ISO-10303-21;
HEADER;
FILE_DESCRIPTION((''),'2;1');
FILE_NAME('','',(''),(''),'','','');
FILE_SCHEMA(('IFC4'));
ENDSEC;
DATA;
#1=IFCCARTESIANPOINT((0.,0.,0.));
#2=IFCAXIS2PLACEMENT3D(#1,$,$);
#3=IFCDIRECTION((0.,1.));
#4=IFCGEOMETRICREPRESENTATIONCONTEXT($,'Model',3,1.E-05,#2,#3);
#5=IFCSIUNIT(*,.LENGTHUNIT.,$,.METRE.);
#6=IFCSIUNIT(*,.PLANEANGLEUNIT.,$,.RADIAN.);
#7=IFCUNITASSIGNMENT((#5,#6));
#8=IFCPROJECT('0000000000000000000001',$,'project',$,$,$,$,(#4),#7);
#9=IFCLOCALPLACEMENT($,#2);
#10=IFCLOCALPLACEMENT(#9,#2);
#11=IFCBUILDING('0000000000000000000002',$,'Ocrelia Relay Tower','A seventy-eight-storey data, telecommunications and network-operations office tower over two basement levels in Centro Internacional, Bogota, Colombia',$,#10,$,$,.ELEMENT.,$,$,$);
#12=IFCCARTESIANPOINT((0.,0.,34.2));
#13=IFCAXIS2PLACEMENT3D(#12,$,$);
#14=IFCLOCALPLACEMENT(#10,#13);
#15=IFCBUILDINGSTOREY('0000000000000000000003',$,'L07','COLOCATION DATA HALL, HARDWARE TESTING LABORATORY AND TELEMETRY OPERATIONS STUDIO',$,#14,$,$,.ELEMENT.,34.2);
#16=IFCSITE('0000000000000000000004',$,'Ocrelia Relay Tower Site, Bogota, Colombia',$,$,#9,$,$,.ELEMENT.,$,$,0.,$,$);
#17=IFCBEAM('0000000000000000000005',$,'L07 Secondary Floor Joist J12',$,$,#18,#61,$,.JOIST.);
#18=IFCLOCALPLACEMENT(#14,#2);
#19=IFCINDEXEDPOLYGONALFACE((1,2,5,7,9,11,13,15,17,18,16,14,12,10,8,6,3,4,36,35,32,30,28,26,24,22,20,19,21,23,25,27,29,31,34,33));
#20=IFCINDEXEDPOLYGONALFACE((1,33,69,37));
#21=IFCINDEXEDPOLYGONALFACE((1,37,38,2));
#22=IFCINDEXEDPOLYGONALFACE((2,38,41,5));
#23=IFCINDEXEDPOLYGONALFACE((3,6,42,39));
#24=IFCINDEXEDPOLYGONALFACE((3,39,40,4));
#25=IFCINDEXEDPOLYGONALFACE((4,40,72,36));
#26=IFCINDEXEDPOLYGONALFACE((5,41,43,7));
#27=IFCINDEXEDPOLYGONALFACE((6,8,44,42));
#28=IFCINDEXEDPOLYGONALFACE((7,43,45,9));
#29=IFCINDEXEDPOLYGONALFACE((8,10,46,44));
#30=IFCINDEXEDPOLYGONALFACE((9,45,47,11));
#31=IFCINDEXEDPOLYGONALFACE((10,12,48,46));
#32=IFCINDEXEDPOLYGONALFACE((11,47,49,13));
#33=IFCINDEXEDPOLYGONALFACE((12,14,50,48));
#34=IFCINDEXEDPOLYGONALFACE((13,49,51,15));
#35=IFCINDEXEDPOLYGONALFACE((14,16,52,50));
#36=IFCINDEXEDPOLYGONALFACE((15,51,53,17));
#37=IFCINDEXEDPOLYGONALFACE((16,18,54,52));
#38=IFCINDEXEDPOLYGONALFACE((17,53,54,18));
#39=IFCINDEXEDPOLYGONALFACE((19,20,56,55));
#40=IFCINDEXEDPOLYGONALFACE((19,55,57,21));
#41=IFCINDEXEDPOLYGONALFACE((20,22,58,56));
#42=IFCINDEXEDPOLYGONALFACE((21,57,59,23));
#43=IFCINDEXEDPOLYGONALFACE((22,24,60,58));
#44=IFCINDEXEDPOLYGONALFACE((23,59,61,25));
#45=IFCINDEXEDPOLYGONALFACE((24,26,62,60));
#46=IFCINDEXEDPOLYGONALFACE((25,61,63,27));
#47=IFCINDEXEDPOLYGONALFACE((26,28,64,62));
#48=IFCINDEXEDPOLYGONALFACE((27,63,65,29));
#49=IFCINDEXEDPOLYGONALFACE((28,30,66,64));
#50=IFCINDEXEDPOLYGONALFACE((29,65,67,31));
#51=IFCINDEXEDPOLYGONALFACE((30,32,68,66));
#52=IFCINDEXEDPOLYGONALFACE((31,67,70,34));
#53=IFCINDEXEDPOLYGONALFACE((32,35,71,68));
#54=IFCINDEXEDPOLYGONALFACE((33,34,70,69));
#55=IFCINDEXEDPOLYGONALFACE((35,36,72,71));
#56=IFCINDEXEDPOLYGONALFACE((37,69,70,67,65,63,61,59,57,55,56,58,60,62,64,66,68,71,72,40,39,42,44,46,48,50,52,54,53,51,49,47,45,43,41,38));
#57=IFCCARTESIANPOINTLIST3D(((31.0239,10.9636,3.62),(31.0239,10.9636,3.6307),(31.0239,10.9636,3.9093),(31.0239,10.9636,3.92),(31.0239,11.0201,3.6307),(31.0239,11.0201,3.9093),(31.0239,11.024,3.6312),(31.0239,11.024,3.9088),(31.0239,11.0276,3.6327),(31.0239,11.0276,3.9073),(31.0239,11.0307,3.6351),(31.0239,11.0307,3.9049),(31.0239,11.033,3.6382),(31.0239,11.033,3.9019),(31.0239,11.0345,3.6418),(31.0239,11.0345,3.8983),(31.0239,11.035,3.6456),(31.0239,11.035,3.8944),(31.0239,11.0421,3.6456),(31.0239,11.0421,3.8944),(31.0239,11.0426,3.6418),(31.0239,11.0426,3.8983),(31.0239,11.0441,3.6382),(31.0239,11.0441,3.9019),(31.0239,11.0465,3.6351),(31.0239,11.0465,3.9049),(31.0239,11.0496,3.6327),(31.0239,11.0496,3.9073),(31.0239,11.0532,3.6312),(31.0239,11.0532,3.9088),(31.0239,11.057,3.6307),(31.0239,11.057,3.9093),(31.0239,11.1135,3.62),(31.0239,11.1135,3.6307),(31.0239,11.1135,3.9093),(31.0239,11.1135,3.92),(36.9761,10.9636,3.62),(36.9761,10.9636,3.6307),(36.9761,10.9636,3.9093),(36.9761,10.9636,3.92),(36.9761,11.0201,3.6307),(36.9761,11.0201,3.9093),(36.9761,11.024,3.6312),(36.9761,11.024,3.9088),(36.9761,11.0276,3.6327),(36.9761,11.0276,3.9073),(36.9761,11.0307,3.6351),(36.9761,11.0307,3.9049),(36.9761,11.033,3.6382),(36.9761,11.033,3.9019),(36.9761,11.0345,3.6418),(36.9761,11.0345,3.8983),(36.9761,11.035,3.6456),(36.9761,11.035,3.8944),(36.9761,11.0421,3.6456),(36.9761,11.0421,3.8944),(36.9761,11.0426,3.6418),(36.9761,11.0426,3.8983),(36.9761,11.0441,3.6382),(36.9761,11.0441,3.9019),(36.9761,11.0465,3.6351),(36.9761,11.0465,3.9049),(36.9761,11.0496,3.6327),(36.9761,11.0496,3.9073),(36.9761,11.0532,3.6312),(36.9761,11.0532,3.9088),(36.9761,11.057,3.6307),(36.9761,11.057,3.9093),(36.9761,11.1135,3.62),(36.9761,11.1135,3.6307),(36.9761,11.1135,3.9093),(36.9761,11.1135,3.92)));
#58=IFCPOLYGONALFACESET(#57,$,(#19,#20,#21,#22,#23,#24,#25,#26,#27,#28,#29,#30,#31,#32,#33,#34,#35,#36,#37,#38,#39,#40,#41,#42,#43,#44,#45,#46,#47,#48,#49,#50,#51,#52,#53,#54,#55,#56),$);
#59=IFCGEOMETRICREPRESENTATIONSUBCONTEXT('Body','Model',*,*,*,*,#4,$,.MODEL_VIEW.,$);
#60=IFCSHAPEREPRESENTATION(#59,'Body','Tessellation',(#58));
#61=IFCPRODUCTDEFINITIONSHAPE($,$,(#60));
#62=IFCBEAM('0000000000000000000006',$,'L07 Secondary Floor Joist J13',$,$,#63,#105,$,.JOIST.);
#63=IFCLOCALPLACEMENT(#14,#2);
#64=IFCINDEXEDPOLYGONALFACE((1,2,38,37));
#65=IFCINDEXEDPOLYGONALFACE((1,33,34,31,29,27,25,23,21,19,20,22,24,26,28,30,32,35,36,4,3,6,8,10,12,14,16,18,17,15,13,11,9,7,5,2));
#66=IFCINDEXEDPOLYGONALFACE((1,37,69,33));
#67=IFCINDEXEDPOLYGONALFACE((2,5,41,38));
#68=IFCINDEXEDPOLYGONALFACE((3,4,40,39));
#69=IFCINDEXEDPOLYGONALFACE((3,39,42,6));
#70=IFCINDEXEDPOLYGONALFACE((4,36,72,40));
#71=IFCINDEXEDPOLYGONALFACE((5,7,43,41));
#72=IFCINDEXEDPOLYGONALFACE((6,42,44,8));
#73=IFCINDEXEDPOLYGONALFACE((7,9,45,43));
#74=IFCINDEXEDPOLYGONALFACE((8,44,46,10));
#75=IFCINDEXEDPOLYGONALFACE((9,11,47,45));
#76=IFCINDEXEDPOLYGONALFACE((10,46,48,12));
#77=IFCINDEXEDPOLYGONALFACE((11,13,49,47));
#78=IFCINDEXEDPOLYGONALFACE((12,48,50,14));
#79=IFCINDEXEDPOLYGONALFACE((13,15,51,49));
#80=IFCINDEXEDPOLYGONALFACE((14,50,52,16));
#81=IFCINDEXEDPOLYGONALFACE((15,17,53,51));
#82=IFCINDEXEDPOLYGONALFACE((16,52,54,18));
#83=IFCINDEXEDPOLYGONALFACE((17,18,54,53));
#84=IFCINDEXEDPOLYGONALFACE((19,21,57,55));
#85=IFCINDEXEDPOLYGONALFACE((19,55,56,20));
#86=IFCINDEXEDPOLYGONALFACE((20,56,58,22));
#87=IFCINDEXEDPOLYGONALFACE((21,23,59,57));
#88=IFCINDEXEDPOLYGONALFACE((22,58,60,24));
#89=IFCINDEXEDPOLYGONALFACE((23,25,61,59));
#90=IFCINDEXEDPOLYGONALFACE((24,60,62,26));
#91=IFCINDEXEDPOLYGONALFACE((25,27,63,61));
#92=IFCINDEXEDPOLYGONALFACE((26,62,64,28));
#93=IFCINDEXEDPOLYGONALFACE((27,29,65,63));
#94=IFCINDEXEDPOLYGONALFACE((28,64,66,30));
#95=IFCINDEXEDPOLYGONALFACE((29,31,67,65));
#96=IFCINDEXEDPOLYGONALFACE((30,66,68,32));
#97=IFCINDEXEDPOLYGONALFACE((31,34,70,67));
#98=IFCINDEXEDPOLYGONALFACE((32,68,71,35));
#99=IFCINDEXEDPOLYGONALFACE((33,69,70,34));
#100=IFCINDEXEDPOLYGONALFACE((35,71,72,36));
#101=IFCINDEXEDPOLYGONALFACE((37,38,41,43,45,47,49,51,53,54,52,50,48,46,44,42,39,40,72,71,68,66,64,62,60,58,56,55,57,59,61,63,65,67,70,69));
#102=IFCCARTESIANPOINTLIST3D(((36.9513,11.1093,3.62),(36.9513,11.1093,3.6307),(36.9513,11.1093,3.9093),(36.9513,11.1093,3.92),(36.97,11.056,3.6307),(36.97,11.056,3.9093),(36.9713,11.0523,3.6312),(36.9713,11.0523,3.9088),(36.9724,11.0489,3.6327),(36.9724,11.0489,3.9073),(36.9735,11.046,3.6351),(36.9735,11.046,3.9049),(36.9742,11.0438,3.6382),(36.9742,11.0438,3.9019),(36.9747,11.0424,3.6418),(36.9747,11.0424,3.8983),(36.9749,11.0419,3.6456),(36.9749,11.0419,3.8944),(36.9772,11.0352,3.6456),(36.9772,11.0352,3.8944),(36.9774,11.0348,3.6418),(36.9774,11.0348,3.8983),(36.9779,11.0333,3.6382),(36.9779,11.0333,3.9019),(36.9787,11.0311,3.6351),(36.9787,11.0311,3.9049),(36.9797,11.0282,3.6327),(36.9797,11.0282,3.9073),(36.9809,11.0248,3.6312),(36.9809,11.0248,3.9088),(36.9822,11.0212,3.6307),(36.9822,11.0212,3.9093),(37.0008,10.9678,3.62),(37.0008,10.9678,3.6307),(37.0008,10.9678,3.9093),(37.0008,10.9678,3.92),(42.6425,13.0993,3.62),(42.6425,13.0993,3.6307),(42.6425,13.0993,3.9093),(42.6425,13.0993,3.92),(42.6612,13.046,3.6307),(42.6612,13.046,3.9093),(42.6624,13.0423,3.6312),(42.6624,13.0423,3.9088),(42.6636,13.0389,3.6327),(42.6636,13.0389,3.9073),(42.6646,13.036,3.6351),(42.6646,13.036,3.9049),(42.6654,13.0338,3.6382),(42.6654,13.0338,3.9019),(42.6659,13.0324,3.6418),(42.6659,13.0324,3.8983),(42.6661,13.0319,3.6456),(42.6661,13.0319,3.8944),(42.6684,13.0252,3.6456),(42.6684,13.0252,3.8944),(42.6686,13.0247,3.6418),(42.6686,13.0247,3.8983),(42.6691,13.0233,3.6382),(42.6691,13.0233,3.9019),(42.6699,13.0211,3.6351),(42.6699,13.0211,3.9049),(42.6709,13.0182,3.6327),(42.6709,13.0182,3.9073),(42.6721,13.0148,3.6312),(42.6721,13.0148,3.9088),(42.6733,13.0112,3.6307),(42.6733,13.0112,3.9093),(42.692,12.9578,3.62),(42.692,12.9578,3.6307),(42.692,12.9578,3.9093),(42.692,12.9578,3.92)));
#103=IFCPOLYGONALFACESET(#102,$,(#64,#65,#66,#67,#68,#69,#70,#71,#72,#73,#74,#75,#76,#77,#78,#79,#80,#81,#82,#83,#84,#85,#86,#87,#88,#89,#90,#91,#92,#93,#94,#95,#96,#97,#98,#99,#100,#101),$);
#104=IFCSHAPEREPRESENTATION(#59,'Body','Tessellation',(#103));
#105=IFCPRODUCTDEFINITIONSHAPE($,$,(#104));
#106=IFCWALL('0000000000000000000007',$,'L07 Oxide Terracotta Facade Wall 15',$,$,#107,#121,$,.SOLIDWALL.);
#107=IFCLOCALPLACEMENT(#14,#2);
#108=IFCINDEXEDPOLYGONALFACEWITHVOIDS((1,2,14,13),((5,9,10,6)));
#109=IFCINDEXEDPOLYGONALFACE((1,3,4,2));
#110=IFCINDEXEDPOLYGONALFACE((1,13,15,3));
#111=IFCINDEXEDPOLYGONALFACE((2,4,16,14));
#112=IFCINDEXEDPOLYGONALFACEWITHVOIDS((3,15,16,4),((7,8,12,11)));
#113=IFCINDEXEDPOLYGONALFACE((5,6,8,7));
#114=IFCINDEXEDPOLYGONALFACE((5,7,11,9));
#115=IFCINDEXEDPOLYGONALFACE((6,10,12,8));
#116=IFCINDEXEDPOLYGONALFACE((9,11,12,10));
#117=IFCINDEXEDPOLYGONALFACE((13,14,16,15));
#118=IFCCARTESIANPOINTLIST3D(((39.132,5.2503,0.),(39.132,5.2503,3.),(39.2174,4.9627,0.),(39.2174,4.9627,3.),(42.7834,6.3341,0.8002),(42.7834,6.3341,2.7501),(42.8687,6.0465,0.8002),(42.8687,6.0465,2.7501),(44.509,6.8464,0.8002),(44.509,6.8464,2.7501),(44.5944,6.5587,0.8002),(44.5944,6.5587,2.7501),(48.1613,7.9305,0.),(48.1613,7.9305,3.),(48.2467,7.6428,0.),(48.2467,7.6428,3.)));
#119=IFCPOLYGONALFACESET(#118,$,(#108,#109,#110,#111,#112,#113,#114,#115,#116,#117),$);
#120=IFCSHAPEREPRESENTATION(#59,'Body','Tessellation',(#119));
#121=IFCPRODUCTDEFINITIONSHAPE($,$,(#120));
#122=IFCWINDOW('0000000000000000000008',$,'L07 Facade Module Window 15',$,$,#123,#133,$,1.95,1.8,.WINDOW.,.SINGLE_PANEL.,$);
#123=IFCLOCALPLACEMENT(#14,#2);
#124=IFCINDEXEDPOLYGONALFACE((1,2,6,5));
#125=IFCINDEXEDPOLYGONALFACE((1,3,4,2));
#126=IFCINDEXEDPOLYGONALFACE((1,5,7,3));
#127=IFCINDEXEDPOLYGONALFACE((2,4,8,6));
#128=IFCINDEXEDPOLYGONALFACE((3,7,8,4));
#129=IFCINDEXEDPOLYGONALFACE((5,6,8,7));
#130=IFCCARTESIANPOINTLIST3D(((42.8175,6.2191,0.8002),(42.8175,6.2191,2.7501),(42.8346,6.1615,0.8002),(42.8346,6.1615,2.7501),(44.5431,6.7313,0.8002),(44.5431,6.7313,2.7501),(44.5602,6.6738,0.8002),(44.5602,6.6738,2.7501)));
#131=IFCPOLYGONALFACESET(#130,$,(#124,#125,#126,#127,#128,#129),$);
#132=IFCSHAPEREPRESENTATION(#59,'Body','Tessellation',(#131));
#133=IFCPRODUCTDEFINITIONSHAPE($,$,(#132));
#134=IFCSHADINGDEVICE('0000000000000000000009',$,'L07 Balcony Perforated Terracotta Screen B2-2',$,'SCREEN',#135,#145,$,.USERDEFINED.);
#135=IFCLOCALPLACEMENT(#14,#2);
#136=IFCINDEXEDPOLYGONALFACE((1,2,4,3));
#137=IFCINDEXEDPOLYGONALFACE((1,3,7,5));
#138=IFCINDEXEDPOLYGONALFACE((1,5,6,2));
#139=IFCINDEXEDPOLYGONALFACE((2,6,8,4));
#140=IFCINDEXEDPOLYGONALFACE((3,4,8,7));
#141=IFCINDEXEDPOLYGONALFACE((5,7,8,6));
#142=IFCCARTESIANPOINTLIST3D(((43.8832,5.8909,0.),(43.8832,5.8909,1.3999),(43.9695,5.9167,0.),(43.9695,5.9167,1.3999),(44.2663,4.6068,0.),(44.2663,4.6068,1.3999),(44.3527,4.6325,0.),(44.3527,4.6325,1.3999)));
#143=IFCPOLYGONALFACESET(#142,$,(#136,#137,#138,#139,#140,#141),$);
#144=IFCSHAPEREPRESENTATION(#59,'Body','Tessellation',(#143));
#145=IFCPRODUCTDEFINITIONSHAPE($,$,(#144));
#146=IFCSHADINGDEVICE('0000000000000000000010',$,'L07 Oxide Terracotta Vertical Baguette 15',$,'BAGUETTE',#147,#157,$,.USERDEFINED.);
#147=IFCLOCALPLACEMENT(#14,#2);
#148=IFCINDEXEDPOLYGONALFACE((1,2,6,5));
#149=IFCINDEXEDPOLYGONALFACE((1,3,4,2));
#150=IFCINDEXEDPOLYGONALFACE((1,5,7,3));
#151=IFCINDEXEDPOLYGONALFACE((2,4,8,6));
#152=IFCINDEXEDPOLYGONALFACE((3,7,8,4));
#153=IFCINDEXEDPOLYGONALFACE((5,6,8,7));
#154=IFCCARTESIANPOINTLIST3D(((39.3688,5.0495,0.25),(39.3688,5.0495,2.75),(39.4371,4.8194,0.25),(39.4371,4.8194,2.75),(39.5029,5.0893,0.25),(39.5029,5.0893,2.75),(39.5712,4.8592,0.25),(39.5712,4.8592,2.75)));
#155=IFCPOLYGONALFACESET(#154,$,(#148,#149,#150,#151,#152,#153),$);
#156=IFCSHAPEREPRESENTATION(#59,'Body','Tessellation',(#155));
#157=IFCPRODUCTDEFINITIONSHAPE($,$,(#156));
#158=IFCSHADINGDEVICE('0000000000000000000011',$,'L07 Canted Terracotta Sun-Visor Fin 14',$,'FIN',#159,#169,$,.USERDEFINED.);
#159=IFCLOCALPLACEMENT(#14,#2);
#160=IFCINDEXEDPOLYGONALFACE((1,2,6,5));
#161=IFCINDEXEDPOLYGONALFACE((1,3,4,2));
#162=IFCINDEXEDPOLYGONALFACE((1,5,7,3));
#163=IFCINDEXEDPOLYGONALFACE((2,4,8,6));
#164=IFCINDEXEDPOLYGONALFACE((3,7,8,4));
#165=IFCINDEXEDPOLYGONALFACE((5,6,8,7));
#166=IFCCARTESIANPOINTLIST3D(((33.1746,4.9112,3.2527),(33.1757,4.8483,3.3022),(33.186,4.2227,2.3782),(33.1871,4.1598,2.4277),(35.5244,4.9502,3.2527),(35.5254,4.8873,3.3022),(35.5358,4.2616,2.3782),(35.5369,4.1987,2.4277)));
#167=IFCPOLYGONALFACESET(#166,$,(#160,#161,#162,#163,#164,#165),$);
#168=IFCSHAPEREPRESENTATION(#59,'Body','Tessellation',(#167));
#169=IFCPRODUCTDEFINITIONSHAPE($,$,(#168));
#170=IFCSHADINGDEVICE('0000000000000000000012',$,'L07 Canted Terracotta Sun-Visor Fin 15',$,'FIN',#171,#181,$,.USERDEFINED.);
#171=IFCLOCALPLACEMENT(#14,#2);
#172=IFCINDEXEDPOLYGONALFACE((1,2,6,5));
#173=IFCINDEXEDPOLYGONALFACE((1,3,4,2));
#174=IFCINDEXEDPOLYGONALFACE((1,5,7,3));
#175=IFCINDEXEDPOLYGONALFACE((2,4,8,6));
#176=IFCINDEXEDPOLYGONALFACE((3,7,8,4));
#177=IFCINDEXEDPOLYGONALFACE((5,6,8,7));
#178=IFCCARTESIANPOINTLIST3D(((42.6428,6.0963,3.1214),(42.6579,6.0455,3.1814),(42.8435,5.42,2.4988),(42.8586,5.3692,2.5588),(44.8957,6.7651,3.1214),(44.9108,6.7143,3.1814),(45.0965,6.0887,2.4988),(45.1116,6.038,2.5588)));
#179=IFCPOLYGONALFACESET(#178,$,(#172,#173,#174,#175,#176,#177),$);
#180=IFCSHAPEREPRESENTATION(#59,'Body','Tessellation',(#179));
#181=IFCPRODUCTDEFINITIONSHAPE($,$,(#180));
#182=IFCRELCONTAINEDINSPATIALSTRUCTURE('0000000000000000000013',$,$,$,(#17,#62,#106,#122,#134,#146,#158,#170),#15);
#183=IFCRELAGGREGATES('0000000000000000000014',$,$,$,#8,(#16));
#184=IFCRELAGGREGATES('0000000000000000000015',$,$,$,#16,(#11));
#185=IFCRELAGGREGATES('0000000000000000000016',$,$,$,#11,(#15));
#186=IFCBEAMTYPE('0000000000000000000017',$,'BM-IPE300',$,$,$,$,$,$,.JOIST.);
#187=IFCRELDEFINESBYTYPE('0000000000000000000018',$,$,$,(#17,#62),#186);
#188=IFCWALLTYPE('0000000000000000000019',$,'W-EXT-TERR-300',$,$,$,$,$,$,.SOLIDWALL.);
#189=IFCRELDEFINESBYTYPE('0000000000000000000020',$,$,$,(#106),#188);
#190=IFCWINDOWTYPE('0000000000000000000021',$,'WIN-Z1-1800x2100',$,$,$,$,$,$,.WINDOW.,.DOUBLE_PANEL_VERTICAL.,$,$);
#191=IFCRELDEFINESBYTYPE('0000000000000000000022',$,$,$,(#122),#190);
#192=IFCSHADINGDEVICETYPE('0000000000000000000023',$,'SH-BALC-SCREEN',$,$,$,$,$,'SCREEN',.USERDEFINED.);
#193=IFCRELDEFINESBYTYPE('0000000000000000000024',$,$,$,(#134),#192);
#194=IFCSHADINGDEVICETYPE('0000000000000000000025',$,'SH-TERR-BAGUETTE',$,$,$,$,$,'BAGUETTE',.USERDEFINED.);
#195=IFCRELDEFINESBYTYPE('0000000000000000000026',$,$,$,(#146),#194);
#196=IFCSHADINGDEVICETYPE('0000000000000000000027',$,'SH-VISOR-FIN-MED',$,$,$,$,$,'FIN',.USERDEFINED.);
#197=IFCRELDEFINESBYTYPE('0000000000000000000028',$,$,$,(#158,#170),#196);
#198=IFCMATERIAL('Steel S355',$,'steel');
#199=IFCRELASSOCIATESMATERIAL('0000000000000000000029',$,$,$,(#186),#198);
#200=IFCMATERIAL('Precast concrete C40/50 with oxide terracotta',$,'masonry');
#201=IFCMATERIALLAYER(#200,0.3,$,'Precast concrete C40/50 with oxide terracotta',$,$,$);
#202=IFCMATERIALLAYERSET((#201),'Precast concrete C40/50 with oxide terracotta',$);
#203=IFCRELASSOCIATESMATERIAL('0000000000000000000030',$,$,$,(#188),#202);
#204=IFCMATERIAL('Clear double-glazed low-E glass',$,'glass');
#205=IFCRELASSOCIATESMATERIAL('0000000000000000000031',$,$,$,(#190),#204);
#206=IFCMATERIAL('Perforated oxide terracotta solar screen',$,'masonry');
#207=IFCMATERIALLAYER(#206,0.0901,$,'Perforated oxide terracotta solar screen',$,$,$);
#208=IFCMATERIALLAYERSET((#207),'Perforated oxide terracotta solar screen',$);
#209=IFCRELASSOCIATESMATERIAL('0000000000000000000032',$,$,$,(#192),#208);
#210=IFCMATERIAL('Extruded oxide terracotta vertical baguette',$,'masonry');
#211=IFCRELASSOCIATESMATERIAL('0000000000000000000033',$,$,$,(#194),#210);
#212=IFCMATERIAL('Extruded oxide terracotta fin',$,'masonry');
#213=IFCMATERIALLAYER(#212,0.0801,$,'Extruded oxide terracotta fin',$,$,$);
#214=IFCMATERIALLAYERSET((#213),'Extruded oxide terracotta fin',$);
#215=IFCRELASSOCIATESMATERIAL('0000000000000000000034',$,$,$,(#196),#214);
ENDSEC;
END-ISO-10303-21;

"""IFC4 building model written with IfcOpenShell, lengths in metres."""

from ifc_helpers import new_model, si_unit, direction, frame, frame_2d, origin, origin_2d, place, context, subcontext, project, spatial, rectangle, i_section, extrude, material, layer, layer_set, material_profile, profile_set, type_object, element, fill, save


model = new_model("IFC4")

# Units and contexts
model_context = context("Model", 3, precision=1e-05, world=origin(), true_north=direction((0.0, 1.0)))
body_context = subcontext(model_context, "Body", "Model", "MODEL_VIEW")
ifc_project = project(units=[si_unit("LENGTHUNIT", "METRE"), si_unit("PLANEANGLEUNIT", "RADIAN")], contexts=[model_context])

# Site, building, storey
site_placement = place(None, origin())
site = spatial("IfcSite", under=ifc_project, at=site_placement, Name="Ocrelia Relay Tower Site, Bogota, Colombia", CompositionType="ELEMENT", RefElevation=0.0)
building_placement = place(site_placement, origin())
building = spatial("IfcBuilding", under=site, at=building_placement, Name="Ocrelia Relay Tower", Description="A seventy-eight-storey data, telecommunications and network-operations office tower over two basement levels in Centro Internacional, Bogota, Colombia", CompositionType="ELEMENT")
storey_placement = place(building_placement, frame((0.0, 0.0, 34.2)))
storey = spatial("IfcBuildingStorey", under=building, at=storey_placement, Name="L07", Description="COLOCATION DATA HALL, HARDWARE TESTING LABORATORY AND TELEMETRY OPERATIONS STUDIO", CompositionType="ELEMENT", Elevation=34.2)

# Beams
ifc_material_1 = material(Name="Steel S355", Category="steel")
ifc_material_profile_1 = material_profile(ifc_material_1, i_section(OverallWidth=0.1499, OverallDepth=0.3, WebThickness=0.0071, FlangeThickness=0.0107, FilletRadius=0.0149, at=origin_2d()), Name="IPE 300")
ifc_profile_set_1 = profile_set([ifc_material_profile_1], Name="Steel S355")
beam_type_1 = type_object("IfcBeamType", Name="BM-IPE300", PredefinedType="JOIST", material=ifc_profile_set_1)
beam_1_placement = place(storey_placement, frame((31.0239, 11.0386, 3.77), z_axis=(1.0, 0.0, 0.0), x_axis=(0.0, 1.0, 0.0)))
element("IfcBeam", 1, at=beam_1_placement, inside=storey, type_object=beam_type_1, Name="L07 Secondary Floor Joist J12", PredefinedType="JOIST", context=body_context, shape_type="SweptSolid", body=[
    extrude(i_section(OverallWidth=0.1499, OverallDepth=0.3, WebThickness=0.0071, FlangeThickness=0.0107, FilletRadius=0.0149, at=origin_2d()), origin(), (0.0, 0.0, 1.0), 5.9521),
])
beam_2_placement = place(storey_placement, frame((36.9761, 11.0386, 3.77), z_axis=(0.943957, 0.330067, 0.0), x_axis=(-0.330067, 0.943957, 0.0)))
element("IfcBeam", 2, at=beam_2_placement, inside=storey, type_object=beam_type_1, Name="L07 Secondary Floor Joist J13", PredefinedType="JOIST", context=body_context, shape_type="SweptSolid", body=[
    extrude(i_section(OverallWidth=0.1499, OverallDepth=0.3, WebThickness=0.0071, FlangeThickness=0.0107, FilletRadius=0.0149, at=origin_2d()), origin(), (0.0, 0.0, 1.0), 6.0291),
])

# Wall, opening, window
ifc_material_2 = material(Name="Precast concrete C40/50 with oxide terracotta", Category="masonry")
ifc_layer_1 = layer(ifc_material_2, 0.3, Name="Precast concrete C40/50 with oxide terracotta")
ifc_layer_set_1 = layer_set([ifc_layer_1], Name="Precast concrete C40/50 with oxide terracotta")
wall_type = type_object("IfcWallType", Name="W-EXT-TERR-300", PredefinedType="SOLIDWALL", material=ifc_layer_set_1)
wall_placement = place(storey_placement, frame((39.1746, 5.1064, 0.0), z_axis=(0.0, 0.0, 1.0), x_axis=(0.958658, 0.28456, 0.0)))
wall = element("IfcWall", 3, at=wall_placement, inside=storey, type_object=wall_type, Name="L07 Oxide Terracotta Facade Wall 15", PredefinedType="SOLIDWALL", context=body_context, shape_type="SweptSolid", body=[
    extrude(rectangle(XDim=9.4187, YDim=0.3, at=frame_2d((4.7095, 0.0))), origin(), (0.0, 0.0, 1.0), 3.0),
])
opening_placement = place(wall_placement, frame((3.8091, 0.0, 0.8)))
opening = element("IfcOpeningElement", 4, at=opening_placement, cuts=wall, PredefinedType="OPENING", context=body_context, shape_type="SweptSolid", body=[
    extrude(rectangle(XDim=1.8, YDim=1.95, at=frame_2d((0.8999, 0.9751))), frame((0.0, 0.1602, 0.0), z_axis=(0.0, -1.0, 0.0), x_axis=(1.0, 0.0, 0.0)), (0.0, 0.0, 1.0), 0.3201),
])
ifc_material_3 = material(Name="Clear double-glazed low-E glass", Category="glass")
window_type = type_object("IfcWindowType", Name="WIN-Z1-1800x2100", PartitioningType="DOUBLE_PANEL_VERTICAL", PredefinedType="WINDOW", material=ifc_material_3)
window_placement = place(opening_placement, origin())
window = element("IfcWindow", 5, at=window_placement, inside=storey, type_object=window_type, Name="L07 Facade Module Window 15", OverallHeight=1.95, OverallWidth=1.8, PartitioningType="SINGLE_PANEL", PredefinedType="WINDOW", context=body_context, shape_type="SweptSolid", body=[
    extrude(rectangle(XDim=1.8, YDim=1.95, at=frame_2d((0.8999, 0.9751))), frame((0.0, 0.03, 0.0), z_axis=(0.0, -1.0, 0.0), x_axis=(1.0, 0.0, 0.0)), (0.0, 0.0, 1.0), 0.0601),
])
fill(opening, window)

# Shading devices
ifc_material_4 = material(Name="Perforated oxide terracotta solar screen", Category="masonry")
ifc_layer_2 = layer(ifc_material_4, 0.0901, Name="Perforated oxide terracotta solar screen")
ifc_layer_set_2 = layer_set([ifc_layer_2], Name="Perforated oxide terracotta solar screen")
shading_device_type_1 = type_object("IfcShadingDeviceType", Name="SH-BALC-SCREEN", ElementType="SCREEN", PredefinedType="USERDEFINED", material=ifc_layer_set_2)
shading_device_1_placement = place(storey_placement, frame((44.1179, 5.2617, 0.0), z_axis=(0.0, 0.0, 1.0), x_axis=(0.285906, -0.958258, 0.0)))
element("IfcShadingDevice", 6, at=shading_device_1_placement, inside=storey, type_object=shading_device_type_1, Name="L07 Balcony Perforated Terracotta Screen B2-2", ObjectType="SCREEN", PredefinedType="USERDEFINED", context=body_context, shape_type="SweptSolid", body=[
    extrude(rectangle(XDim=1.3401, YDim=0.0901, at=origin_2d()), origin(), (0.0, 0.0, 1.0), 1.3999),
])
ifc_material_5 = material(Name="Extruded oxide terracotta vertical baguette", Category="masonry")
shading_device_type_2 = type_object("IfcShadingDeviceType", Name="SH-TERR-BAGUETTE", ElementType="BAGUETTE", PredefinedType="USERDEFINED", material=ifc_material_5)
shading_device_2_placement = place(storey_placement, frame((39.47, 4.9543, 0.25), z_axis=(0.0, 0.0, 1.0), x_axis=(0.958659, 0.284559, 0.0)))
element("IfcShadingDevice", 7, at=shading_device_2_placement, inside=storey, type_object=shading_device_type_2, Name="L07 Oxide Terracotta Vertical Baguette 15", ObjectType="BAGUETTE", PredefinedType="USERDEFINED", context=body_context, shape_type="SweptSolid", body=[
    extrude(rectangle(XDim=0.1399, YDim=0.24, at=origin_2d()), origin(), (0.0, 0.0, 1.0), 2.5),
])
ifc_material_6 = material(Name="Extruded oxide terracotta fin", Category="masonry")
ifc_layer_3 = layer(ifc_material_6, 0.0801, Name="Extruded oxide terracotta fin")
ifc_layer_set_3 = layer_set([ifc_layer_3], Name="Extruded oxide terracotta fin")
shading_device_type_3 = type_object("IfcShadingDeviceType", Name="SH-VISOR-FIN-MED", ElementType="FIN", PredefinedType="USERDEFINED", material=ifc_layer_set_3)
shading_device_3_placement = place(storey_placement, frame((34.3552, 4.5864, 2.8154), z_axis=(0.013028, -0.785533, 0.618683), x_axis=(0.999863, 0.016582, 0.0)))
element("IfcShadingDevice", 8, at=shading_device_3_placement, inside=storey, type_object=shading_device_type_3, Name="L07 Canted Terracotta Sun-Visor Fin 14", ObjectType="FIN", PredefinedType="USERDEFINED", context=body_context, shape_type="SweptSolid", body=[
    extrude(rectangle(XDim=2.3501, YDim=1.113, at=origin_2d()), origin(), (0.0, 0.0, 1.0), 0.0801),
])
shading_device_4_placement = place(storey_placement, frame((43.8696, 6.0925, 2.8101), z_axis=(0.188294, -0.634349, 0.749765), x_axis=(0.958659, 0.284559, 0.0)))
element("IfcShadingDevice", 9, at=shading_device_4_placement, inside=storey, type_object=shading_device_type_3, Name="L07 Canted Terracotta Sun-Visor Fin 15", ObjectType="FIN", PredefinedType="USERDEFINED", context=body_context, shape_type="SweptSolid", body=[
    extrude(rectangle(XDim=2.3501, YDim=0.9409, at=origin_2d()), origin(), (0.0, 0.0, 1.0), 0.0801),
])

save(model, "model.ifc")
